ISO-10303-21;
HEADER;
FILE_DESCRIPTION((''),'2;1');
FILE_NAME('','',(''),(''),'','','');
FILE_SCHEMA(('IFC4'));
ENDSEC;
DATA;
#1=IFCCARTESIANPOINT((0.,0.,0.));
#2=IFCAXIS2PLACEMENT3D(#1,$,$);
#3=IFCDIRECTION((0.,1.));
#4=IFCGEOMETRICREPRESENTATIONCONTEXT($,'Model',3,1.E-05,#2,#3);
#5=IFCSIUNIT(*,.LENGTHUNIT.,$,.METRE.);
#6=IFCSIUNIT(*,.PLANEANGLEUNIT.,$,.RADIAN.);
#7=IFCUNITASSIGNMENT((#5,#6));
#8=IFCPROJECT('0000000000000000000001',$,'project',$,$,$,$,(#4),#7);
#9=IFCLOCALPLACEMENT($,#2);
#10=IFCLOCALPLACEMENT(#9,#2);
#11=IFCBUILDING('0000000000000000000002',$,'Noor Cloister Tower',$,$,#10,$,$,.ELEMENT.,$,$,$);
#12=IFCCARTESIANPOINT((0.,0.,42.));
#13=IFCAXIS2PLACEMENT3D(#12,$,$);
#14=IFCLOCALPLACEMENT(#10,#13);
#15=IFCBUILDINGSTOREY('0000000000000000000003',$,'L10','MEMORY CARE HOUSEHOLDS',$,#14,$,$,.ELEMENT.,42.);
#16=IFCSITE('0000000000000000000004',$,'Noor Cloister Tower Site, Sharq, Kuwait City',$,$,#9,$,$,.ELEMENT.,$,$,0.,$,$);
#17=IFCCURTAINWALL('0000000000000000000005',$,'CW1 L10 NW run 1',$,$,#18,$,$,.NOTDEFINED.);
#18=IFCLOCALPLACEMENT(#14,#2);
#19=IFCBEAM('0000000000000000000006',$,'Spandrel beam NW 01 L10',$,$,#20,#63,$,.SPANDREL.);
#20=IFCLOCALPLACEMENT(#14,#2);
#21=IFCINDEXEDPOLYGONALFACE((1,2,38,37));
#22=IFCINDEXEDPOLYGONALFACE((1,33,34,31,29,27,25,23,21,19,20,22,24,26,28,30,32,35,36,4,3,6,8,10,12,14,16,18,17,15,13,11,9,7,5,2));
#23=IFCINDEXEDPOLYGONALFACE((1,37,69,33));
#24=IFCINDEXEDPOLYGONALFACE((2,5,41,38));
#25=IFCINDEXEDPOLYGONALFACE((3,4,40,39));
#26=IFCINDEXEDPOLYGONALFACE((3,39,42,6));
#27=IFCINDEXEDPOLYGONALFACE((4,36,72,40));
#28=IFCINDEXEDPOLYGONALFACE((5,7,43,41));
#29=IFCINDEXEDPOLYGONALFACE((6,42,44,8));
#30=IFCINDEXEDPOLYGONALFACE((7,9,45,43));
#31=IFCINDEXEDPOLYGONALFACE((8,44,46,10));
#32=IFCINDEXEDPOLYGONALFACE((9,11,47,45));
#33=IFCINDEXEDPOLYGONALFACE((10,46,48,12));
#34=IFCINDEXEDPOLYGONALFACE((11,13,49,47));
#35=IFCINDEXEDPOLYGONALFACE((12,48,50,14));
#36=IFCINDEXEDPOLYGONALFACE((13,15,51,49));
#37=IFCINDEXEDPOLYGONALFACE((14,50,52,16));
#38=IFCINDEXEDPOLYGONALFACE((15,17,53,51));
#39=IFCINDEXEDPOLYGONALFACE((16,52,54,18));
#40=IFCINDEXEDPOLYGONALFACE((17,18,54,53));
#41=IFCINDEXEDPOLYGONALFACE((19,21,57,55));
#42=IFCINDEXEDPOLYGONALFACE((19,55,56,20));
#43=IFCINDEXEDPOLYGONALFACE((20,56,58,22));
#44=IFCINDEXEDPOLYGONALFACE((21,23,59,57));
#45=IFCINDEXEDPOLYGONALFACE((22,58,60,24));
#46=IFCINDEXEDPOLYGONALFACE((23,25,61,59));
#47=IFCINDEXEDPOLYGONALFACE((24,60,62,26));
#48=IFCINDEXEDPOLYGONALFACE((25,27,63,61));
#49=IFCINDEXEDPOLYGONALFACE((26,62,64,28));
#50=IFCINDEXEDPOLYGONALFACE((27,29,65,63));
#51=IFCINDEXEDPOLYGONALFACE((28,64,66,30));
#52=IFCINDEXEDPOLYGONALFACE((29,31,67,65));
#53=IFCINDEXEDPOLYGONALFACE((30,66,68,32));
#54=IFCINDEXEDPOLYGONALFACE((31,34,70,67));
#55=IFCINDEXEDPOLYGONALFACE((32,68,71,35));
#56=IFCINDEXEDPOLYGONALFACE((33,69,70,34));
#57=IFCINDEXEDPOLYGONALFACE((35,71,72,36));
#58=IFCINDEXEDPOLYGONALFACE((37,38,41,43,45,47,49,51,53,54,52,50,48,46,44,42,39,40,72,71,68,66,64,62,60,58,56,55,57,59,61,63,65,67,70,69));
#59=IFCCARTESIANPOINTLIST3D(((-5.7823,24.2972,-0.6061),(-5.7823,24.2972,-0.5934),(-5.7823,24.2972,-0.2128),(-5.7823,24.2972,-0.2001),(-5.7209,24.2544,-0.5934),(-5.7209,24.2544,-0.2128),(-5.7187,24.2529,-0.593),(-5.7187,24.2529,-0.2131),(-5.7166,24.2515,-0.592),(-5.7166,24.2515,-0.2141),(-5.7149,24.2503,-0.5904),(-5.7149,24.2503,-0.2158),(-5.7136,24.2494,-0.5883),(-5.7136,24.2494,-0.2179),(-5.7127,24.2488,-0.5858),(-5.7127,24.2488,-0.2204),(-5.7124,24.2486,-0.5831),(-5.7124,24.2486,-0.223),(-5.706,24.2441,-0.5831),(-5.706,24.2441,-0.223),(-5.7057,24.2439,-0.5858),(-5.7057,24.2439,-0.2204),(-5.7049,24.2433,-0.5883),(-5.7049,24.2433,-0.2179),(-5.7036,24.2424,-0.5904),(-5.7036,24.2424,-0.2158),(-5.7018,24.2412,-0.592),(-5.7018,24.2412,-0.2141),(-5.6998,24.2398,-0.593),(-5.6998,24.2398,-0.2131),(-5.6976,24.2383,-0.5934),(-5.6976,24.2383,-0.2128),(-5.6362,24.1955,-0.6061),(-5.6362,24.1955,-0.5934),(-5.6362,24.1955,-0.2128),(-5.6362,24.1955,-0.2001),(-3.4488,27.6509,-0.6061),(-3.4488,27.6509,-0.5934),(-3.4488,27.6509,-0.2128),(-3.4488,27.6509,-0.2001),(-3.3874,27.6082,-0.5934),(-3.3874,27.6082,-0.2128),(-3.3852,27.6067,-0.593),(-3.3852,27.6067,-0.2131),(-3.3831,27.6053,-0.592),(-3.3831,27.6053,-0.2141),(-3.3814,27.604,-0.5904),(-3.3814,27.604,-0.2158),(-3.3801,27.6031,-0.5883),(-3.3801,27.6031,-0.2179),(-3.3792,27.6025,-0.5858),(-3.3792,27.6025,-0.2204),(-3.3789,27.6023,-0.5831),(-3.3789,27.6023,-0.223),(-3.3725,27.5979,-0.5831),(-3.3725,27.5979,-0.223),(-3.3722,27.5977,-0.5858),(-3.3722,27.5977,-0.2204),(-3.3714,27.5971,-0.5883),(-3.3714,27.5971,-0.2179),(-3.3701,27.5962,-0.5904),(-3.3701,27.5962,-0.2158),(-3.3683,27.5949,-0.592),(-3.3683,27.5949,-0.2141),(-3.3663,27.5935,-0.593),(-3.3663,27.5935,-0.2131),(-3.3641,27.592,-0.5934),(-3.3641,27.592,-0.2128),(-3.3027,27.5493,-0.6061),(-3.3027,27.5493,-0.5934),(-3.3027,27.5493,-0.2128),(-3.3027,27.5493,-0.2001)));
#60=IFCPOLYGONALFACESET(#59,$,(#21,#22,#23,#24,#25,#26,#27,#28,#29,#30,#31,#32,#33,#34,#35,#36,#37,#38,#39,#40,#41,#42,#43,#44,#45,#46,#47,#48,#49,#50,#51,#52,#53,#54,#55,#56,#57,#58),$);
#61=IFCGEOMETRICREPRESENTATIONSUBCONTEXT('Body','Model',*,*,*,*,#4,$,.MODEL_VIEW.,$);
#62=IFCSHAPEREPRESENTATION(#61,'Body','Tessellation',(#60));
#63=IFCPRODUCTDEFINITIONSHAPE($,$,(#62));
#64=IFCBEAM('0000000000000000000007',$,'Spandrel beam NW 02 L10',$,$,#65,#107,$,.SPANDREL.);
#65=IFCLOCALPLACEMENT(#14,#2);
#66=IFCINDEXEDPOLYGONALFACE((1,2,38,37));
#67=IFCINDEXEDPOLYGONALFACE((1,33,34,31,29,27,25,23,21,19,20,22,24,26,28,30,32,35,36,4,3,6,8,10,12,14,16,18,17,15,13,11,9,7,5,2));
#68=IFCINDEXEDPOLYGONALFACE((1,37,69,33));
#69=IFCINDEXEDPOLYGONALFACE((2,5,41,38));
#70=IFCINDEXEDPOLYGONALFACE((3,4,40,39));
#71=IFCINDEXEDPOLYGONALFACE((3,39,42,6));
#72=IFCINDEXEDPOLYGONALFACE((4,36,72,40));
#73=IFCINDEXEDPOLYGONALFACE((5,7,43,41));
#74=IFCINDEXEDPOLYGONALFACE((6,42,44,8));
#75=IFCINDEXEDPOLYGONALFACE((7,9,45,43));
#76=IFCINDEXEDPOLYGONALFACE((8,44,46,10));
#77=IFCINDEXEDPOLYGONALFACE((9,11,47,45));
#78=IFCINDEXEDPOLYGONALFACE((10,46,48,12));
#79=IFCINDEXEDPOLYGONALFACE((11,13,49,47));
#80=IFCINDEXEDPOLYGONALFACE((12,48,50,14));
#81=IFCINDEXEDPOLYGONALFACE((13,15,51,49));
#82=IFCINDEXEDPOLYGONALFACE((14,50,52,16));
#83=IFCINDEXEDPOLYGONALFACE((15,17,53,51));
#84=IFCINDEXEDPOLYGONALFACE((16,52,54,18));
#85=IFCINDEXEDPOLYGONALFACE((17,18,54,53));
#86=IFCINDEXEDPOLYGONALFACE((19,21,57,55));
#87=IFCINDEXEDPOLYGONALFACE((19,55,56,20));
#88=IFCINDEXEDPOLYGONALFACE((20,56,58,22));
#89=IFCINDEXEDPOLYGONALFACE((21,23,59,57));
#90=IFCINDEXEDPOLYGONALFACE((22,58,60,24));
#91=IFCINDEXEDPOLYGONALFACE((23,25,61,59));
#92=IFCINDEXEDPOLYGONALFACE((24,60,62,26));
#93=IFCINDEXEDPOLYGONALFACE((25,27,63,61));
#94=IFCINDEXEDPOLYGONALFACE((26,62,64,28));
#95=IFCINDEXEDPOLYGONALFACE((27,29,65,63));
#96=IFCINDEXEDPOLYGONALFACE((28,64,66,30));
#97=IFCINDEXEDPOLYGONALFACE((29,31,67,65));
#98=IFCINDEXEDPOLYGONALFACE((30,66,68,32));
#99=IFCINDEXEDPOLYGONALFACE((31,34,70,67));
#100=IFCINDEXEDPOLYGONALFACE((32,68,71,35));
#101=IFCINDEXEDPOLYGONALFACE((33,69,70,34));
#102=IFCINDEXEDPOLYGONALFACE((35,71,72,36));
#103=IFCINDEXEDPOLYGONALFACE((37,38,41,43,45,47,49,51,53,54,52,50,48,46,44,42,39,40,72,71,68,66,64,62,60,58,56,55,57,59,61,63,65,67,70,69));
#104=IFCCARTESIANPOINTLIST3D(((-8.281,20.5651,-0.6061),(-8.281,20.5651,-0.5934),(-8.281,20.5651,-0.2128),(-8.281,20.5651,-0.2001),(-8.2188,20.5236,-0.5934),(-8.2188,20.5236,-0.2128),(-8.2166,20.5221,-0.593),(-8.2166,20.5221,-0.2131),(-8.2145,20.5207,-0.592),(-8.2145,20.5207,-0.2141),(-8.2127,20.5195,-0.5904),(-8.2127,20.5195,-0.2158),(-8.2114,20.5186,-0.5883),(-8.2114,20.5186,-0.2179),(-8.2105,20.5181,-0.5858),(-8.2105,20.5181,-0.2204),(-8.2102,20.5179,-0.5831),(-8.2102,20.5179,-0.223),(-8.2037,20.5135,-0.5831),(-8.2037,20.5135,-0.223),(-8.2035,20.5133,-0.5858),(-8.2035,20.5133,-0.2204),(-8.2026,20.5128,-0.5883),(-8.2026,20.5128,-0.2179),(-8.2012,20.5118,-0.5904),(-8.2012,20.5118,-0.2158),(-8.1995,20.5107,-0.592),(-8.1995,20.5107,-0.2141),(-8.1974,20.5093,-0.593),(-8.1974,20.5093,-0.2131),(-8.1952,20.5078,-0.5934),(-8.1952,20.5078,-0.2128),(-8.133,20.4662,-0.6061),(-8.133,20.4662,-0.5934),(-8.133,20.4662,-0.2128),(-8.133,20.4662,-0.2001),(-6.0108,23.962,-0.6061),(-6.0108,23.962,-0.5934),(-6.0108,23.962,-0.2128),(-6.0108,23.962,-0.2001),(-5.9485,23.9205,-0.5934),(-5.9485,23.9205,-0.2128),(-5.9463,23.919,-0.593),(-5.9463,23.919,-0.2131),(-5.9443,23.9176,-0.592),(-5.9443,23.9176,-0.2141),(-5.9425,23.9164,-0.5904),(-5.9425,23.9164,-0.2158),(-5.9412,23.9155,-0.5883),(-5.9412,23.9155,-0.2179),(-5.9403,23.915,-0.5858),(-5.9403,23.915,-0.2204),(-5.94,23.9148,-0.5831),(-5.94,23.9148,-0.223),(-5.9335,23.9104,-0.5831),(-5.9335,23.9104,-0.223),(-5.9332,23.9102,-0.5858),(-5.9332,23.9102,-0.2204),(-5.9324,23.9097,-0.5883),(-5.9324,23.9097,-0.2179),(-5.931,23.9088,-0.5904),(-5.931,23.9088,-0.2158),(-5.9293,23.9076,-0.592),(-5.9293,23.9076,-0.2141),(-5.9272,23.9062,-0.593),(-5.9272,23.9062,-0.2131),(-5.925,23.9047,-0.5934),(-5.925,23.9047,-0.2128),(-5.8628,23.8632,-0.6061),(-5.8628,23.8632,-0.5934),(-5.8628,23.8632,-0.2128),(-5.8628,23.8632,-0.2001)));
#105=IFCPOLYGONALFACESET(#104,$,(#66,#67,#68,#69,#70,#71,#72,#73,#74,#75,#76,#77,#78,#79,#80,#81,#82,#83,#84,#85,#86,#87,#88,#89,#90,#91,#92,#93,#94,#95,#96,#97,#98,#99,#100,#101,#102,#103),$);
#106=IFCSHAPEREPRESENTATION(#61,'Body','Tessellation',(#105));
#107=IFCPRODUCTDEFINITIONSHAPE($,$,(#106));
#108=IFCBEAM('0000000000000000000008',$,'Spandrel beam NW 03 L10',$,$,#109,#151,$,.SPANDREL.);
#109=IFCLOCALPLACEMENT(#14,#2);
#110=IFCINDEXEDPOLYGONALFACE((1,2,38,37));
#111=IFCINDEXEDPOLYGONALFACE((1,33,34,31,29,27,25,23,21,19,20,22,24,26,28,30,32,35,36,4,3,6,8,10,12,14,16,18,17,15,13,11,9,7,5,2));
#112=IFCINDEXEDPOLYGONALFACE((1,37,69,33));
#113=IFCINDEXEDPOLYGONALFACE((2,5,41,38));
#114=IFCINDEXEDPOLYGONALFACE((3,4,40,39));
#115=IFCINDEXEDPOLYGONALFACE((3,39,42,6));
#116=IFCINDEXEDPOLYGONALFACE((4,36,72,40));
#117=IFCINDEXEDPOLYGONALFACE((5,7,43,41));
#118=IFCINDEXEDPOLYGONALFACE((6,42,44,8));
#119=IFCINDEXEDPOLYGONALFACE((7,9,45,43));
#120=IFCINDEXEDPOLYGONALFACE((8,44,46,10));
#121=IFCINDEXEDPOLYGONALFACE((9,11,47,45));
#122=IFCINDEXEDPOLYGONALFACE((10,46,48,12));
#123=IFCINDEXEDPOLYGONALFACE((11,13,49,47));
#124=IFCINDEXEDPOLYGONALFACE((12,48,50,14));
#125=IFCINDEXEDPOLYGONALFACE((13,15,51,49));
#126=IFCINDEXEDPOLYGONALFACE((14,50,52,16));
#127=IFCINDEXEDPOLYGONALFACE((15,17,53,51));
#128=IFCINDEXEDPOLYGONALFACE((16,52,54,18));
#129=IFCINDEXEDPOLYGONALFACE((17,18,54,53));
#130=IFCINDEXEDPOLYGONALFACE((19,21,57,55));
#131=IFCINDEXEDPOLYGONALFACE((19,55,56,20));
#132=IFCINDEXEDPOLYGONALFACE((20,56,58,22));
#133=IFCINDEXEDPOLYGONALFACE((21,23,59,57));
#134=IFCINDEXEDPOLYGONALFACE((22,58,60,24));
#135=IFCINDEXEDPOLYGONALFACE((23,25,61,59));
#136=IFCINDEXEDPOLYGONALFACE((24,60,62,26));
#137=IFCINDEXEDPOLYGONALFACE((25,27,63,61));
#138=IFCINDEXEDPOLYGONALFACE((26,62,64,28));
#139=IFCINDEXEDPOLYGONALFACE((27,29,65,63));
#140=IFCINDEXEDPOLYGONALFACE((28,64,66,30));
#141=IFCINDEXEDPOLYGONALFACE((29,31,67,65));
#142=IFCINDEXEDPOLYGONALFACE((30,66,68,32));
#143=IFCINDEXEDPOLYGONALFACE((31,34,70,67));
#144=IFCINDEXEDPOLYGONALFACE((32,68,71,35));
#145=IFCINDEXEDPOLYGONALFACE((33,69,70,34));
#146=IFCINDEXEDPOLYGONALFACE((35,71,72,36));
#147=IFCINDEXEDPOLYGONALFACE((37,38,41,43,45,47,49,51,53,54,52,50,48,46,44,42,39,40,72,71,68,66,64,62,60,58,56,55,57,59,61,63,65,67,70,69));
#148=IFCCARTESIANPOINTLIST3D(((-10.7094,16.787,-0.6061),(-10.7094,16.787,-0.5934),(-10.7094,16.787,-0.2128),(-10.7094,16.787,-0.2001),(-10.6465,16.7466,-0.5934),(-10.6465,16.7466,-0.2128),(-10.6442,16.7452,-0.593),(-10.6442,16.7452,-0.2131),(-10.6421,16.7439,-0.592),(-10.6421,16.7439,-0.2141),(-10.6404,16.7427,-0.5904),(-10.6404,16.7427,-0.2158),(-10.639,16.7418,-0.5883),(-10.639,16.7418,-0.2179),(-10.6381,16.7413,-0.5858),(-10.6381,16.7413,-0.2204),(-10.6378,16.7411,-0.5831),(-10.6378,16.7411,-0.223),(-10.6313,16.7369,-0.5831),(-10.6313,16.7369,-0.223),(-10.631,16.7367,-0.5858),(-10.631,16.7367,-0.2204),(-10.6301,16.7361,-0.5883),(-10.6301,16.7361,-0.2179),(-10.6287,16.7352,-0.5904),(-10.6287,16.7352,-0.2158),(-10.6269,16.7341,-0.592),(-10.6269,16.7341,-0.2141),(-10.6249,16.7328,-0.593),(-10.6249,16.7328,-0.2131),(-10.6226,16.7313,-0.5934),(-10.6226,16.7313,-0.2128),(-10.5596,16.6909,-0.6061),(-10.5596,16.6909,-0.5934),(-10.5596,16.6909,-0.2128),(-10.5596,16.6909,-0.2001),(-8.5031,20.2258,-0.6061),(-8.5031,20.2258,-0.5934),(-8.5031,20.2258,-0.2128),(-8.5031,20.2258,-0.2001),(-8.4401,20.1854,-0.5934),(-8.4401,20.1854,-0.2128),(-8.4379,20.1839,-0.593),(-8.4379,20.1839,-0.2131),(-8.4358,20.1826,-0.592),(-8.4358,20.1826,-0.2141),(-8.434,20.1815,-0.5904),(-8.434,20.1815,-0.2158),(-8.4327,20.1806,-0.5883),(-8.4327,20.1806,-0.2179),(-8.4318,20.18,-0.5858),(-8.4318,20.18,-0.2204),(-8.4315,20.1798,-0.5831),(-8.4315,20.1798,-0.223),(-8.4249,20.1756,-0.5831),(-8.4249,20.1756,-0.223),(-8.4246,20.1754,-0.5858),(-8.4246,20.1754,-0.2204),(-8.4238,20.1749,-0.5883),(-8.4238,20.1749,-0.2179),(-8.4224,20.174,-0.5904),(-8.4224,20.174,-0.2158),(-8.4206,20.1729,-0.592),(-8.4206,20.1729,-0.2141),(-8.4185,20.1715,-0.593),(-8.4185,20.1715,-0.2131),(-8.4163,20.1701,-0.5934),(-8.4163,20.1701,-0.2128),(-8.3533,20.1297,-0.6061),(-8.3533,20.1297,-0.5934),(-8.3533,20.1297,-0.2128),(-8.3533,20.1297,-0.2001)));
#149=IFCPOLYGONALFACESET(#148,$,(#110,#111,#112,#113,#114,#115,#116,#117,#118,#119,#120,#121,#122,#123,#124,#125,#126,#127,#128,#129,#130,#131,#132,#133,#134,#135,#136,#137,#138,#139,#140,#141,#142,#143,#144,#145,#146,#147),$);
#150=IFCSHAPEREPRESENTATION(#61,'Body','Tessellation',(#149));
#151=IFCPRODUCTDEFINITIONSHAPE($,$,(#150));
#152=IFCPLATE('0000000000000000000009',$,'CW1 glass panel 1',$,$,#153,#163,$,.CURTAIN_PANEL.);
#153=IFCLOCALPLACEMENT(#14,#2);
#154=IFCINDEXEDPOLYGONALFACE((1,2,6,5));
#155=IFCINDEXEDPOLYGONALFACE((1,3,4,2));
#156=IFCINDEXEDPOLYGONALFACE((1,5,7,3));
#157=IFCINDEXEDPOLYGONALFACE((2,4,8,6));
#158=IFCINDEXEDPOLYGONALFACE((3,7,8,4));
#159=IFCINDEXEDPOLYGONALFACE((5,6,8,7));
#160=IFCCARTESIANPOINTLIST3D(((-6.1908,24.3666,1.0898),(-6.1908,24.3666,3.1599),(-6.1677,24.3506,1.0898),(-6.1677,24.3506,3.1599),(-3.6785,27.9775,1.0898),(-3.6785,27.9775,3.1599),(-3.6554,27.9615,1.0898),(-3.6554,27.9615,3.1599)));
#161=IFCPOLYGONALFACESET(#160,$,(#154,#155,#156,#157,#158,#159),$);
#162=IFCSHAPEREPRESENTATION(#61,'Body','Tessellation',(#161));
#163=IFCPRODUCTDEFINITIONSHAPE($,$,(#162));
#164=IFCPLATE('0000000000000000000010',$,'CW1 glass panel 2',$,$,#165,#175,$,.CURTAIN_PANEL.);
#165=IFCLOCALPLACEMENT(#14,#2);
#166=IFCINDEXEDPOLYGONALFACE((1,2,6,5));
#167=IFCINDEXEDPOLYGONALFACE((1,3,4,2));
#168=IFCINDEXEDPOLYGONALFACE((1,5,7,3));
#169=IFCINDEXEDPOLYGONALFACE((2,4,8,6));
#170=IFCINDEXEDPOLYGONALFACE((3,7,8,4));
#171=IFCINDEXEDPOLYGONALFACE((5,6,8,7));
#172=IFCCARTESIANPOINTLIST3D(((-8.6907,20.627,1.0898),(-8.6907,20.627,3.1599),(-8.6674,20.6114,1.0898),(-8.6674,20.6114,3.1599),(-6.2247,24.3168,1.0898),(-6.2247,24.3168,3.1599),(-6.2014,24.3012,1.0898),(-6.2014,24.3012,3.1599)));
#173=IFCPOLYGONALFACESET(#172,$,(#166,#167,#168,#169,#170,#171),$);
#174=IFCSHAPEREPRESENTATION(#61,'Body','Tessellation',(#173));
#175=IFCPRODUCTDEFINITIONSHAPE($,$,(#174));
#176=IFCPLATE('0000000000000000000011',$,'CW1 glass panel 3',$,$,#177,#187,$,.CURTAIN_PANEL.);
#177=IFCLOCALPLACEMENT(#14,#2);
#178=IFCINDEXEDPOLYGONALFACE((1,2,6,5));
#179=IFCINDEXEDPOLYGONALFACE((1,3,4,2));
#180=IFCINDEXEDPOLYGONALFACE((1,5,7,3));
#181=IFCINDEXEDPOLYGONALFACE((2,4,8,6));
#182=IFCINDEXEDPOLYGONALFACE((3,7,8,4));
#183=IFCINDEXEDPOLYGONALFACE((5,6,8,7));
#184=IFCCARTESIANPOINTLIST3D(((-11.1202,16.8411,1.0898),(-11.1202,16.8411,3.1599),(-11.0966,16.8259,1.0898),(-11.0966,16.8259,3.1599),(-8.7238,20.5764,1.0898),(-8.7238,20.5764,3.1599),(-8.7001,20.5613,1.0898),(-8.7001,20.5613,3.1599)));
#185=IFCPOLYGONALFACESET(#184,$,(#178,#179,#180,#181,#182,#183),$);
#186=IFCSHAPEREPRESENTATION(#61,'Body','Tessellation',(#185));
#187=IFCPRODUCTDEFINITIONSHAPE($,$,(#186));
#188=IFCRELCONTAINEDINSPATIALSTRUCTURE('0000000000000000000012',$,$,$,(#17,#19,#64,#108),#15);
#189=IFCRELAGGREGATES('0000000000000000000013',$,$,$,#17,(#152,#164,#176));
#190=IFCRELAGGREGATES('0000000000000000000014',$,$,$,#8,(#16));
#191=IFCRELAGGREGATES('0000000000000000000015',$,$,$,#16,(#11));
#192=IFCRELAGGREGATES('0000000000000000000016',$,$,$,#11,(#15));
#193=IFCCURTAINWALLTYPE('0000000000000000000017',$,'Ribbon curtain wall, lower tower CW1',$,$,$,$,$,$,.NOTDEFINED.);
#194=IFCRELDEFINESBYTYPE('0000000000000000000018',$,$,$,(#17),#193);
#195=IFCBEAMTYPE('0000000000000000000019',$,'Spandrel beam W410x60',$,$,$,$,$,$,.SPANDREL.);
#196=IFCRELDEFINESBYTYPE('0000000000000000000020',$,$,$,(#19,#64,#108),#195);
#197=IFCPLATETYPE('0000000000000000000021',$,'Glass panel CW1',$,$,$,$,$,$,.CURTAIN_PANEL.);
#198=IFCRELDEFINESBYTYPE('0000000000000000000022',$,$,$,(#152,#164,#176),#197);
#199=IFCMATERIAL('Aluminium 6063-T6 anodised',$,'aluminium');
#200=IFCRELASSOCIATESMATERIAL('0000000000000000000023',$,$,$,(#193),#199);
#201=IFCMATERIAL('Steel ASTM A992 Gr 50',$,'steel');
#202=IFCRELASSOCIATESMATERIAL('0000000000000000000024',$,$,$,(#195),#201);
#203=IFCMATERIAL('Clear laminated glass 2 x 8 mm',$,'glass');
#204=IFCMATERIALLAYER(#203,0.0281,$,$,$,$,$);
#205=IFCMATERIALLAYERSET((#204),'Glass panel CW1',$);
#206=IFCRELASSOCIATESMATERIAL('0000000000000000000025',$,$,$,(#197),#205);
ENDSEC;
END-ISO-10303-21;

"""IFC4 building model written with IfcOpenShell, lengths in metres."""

from ifc_helpers import new_model, si_unit, direction, frame, origin, origin_2d, place, context, subcontext, project, spatial, rectangle, i_section, extrude, material, layer, layer_set, material_profile, profile_set, type_object, element, aggregate, save


model = new_model("IFC4")

# Units and contexts
model_context = context("Model", 3, precision=1e-05, world=origin(), true_north=direction((0.0, 1.0)))
body_context = subcontext(model_context, "Body", "Model", "MODEL_VIEW")
ifc_project = project(units=[si_unit("LENGTHUNIT", "METRE"), si_unit("PLANEANGLEUNIT", "RADIAN")], contexts=[model_context])

# Site, building, storey
site_placement = place(None, origin())
site = spatial("IfcSite", under=ifc_project, at=site_placement, Name="Noor Cloister Tower Site, Sharq, Kuwait City", CompositionType="ELEMENT", RefElevation=0.0)
building_placement = place(site_placement, origin())
building = spatial("IfcBuilding", under=site, at=building_placement, Name="Noor Cloister Tower", CompositionType="ELEMENT")
storey_placement = place(building_placement, frame((0.0, 0.0, 42.0)))
storey = spatial("IfcBuildingStorey", under=building, at=storey_placement, Name="L10", Description="MEMORY CARE HOUSEHOLDS", CompositionType="ELEMENT", Elevation=42.0)

# Curtain wall
ifc_material_1 = material(Name="Aluminium 6063-T6 anodised", Category="aluminium")
curtain_wall_type = type_object("IfcCurtainWallType", Name="Ribbon curtain wall, lower tower CW1", PredefinedType="NOTDEFINED", material=ifc_material_1)
curtain_wall_placement = place(storey_placement, origin())
curtain_wall = element("IfcCurtainWall", 1, at=curtain_wall_placement, inside=storey, type_object=curtain_wall_type, Name="CW1 L10 NW run 1", PredefinedType="NOTDEFINED")

# Beams
ifc_material_2 = material(Name="Steel ASTM A992 Gr 50", Category="steel")
ifc_material_profile_1 = material_profile(ifc_material_2, i_section(OverallWidth=0.178, OverallDepth=0.406, WebThickness=0.0078, FlangeThickness=0.0127, FilletRadius=0.0103, at=origin_2d()), Name="W410x60")
ifc_profile_set_1 = profile_set([ifc_material_profile_1], Name="Steel ASTM A992 Gr 50")
beam_type_1 = type_object("IfcBeamType", Name="Spandrel beam W410x60", PredefinedType="SPANDREL", material=ifc_profile_set_1)
for number, where, z_axis, x_axis, name in (
    (2, (-3.3757, 27.6001, -0.4031), (-0.571138, -0.820854, 0.0), (0.820854, -0.571138, 0.0), "Spandrel beam NW 01 L10"),
    (3, (-5.9368, 23.9126, -0.4031), (-0.555651, -0.831415, 0.0), (0.831415, -0.555651, 0.0), "Spandrel beam NW 02 L10"),
    (4, (-8.4282, 20.1777, -0.4031), (-0.540011, -0.841658, 0.0), (0.841658, -0.540011, 0.0), "Spandrel beam NW 03 L10"),
):
    element("IfcBeam", number, at=place(storey_placement, frame(where, z_axis=z_axis, x_axis=x_axis)), inside=storey, type_object=beam_type_1, Name=name, PredefinedType="SPANDREL", context=body_context, shape_type="SweptSolid", body=[
        extrude(i_section(OverallWidth=0.178, OverallDepth=0.406, WebThickness=0.0078, FlangeThickness=0.0127, FilletRadius=0.0103, at=origin_2d()), origin(), (0.0, 0.0, 1.0), 4.0857),
    ])

# Plates
ifc_material_3 = material(Name="Clear laminated glass 2 x 8 mm", Category="glass")
ifc_layer = layer(ifc_material_3, 0.0281)
ifc_layer_set = layer_set([ifc_layer], Name="Glass panel CW1")
plate_type = type_object("IfcPlateType", Name="Glass panel CW1", PredefinedType="CURTAIN_PANEL", material=ifc_layer_set)
plate_1_placement = place(storey_placement, frame((-4.9231, 26.1641, 1.0898), z_axis=(0.0, 0.0, 1.0), x_axis=(-0.571122, -0.820865, 0.0)))
plate_1 = element("IfcPlate", 5, at=plate_1_placement, type_object=plate_type, Name="CW1 glass panel 1", PredefinedType="CURTAIN_PANEL", context=body_context, shape_type="SweptSolid", body=[
    extrude(rectangle(XDim=4.3989, YDim=0.0281, at=origin_2d()), origin(), (0.0, 0.0, 1.0), 2.0701),
])
plate_2_placement = place(storey_placement, frame((-7.446, 22.4641, 1.0898), z_axis=(0.0, 0.0, 1.0), x_axis=(-0.55565, -0.831416, 0.0)))
plate_2 = element("IfcPlate", 6, at=plate_2_placement, type_object=plate_type, Name="CW1 glass panel 2", PredefinedType="CURTAIN_PANEL", context=body_context, shape_type="SweptSolid", body=[
    extrude(rectangle(XDim=4.438, YDim=0.0281, at=origin_2d()), origin(), (0.0, 0.0, 1.0), 2.0701),
])
plate_3_placement = place(storey_placement, frame((-9.9102, 18.7012, 1.0898), z_axis=(0.0, 0.0, 1.0), x_axis=(-0.539983, -0.841676, 0.0)))
plate_3 = element("IfcPlate", 7, at=plate_3_placement, type_object=plate_type, Name="CW1 glass panel 3", PredefinedType="CURTAIN_PANEL", context=body_context, shape_type="SweptSolid", body=[
    extrude(rectangle(XDim=4.438, YDim=0.0281, at=origin_2d()), origin(), (0.0, 0.0, 1.0), 2.0701),
])
aggregate(curtain_wall, [plate_1, plate_2, plate_3])

save(model, "model.ifc")
